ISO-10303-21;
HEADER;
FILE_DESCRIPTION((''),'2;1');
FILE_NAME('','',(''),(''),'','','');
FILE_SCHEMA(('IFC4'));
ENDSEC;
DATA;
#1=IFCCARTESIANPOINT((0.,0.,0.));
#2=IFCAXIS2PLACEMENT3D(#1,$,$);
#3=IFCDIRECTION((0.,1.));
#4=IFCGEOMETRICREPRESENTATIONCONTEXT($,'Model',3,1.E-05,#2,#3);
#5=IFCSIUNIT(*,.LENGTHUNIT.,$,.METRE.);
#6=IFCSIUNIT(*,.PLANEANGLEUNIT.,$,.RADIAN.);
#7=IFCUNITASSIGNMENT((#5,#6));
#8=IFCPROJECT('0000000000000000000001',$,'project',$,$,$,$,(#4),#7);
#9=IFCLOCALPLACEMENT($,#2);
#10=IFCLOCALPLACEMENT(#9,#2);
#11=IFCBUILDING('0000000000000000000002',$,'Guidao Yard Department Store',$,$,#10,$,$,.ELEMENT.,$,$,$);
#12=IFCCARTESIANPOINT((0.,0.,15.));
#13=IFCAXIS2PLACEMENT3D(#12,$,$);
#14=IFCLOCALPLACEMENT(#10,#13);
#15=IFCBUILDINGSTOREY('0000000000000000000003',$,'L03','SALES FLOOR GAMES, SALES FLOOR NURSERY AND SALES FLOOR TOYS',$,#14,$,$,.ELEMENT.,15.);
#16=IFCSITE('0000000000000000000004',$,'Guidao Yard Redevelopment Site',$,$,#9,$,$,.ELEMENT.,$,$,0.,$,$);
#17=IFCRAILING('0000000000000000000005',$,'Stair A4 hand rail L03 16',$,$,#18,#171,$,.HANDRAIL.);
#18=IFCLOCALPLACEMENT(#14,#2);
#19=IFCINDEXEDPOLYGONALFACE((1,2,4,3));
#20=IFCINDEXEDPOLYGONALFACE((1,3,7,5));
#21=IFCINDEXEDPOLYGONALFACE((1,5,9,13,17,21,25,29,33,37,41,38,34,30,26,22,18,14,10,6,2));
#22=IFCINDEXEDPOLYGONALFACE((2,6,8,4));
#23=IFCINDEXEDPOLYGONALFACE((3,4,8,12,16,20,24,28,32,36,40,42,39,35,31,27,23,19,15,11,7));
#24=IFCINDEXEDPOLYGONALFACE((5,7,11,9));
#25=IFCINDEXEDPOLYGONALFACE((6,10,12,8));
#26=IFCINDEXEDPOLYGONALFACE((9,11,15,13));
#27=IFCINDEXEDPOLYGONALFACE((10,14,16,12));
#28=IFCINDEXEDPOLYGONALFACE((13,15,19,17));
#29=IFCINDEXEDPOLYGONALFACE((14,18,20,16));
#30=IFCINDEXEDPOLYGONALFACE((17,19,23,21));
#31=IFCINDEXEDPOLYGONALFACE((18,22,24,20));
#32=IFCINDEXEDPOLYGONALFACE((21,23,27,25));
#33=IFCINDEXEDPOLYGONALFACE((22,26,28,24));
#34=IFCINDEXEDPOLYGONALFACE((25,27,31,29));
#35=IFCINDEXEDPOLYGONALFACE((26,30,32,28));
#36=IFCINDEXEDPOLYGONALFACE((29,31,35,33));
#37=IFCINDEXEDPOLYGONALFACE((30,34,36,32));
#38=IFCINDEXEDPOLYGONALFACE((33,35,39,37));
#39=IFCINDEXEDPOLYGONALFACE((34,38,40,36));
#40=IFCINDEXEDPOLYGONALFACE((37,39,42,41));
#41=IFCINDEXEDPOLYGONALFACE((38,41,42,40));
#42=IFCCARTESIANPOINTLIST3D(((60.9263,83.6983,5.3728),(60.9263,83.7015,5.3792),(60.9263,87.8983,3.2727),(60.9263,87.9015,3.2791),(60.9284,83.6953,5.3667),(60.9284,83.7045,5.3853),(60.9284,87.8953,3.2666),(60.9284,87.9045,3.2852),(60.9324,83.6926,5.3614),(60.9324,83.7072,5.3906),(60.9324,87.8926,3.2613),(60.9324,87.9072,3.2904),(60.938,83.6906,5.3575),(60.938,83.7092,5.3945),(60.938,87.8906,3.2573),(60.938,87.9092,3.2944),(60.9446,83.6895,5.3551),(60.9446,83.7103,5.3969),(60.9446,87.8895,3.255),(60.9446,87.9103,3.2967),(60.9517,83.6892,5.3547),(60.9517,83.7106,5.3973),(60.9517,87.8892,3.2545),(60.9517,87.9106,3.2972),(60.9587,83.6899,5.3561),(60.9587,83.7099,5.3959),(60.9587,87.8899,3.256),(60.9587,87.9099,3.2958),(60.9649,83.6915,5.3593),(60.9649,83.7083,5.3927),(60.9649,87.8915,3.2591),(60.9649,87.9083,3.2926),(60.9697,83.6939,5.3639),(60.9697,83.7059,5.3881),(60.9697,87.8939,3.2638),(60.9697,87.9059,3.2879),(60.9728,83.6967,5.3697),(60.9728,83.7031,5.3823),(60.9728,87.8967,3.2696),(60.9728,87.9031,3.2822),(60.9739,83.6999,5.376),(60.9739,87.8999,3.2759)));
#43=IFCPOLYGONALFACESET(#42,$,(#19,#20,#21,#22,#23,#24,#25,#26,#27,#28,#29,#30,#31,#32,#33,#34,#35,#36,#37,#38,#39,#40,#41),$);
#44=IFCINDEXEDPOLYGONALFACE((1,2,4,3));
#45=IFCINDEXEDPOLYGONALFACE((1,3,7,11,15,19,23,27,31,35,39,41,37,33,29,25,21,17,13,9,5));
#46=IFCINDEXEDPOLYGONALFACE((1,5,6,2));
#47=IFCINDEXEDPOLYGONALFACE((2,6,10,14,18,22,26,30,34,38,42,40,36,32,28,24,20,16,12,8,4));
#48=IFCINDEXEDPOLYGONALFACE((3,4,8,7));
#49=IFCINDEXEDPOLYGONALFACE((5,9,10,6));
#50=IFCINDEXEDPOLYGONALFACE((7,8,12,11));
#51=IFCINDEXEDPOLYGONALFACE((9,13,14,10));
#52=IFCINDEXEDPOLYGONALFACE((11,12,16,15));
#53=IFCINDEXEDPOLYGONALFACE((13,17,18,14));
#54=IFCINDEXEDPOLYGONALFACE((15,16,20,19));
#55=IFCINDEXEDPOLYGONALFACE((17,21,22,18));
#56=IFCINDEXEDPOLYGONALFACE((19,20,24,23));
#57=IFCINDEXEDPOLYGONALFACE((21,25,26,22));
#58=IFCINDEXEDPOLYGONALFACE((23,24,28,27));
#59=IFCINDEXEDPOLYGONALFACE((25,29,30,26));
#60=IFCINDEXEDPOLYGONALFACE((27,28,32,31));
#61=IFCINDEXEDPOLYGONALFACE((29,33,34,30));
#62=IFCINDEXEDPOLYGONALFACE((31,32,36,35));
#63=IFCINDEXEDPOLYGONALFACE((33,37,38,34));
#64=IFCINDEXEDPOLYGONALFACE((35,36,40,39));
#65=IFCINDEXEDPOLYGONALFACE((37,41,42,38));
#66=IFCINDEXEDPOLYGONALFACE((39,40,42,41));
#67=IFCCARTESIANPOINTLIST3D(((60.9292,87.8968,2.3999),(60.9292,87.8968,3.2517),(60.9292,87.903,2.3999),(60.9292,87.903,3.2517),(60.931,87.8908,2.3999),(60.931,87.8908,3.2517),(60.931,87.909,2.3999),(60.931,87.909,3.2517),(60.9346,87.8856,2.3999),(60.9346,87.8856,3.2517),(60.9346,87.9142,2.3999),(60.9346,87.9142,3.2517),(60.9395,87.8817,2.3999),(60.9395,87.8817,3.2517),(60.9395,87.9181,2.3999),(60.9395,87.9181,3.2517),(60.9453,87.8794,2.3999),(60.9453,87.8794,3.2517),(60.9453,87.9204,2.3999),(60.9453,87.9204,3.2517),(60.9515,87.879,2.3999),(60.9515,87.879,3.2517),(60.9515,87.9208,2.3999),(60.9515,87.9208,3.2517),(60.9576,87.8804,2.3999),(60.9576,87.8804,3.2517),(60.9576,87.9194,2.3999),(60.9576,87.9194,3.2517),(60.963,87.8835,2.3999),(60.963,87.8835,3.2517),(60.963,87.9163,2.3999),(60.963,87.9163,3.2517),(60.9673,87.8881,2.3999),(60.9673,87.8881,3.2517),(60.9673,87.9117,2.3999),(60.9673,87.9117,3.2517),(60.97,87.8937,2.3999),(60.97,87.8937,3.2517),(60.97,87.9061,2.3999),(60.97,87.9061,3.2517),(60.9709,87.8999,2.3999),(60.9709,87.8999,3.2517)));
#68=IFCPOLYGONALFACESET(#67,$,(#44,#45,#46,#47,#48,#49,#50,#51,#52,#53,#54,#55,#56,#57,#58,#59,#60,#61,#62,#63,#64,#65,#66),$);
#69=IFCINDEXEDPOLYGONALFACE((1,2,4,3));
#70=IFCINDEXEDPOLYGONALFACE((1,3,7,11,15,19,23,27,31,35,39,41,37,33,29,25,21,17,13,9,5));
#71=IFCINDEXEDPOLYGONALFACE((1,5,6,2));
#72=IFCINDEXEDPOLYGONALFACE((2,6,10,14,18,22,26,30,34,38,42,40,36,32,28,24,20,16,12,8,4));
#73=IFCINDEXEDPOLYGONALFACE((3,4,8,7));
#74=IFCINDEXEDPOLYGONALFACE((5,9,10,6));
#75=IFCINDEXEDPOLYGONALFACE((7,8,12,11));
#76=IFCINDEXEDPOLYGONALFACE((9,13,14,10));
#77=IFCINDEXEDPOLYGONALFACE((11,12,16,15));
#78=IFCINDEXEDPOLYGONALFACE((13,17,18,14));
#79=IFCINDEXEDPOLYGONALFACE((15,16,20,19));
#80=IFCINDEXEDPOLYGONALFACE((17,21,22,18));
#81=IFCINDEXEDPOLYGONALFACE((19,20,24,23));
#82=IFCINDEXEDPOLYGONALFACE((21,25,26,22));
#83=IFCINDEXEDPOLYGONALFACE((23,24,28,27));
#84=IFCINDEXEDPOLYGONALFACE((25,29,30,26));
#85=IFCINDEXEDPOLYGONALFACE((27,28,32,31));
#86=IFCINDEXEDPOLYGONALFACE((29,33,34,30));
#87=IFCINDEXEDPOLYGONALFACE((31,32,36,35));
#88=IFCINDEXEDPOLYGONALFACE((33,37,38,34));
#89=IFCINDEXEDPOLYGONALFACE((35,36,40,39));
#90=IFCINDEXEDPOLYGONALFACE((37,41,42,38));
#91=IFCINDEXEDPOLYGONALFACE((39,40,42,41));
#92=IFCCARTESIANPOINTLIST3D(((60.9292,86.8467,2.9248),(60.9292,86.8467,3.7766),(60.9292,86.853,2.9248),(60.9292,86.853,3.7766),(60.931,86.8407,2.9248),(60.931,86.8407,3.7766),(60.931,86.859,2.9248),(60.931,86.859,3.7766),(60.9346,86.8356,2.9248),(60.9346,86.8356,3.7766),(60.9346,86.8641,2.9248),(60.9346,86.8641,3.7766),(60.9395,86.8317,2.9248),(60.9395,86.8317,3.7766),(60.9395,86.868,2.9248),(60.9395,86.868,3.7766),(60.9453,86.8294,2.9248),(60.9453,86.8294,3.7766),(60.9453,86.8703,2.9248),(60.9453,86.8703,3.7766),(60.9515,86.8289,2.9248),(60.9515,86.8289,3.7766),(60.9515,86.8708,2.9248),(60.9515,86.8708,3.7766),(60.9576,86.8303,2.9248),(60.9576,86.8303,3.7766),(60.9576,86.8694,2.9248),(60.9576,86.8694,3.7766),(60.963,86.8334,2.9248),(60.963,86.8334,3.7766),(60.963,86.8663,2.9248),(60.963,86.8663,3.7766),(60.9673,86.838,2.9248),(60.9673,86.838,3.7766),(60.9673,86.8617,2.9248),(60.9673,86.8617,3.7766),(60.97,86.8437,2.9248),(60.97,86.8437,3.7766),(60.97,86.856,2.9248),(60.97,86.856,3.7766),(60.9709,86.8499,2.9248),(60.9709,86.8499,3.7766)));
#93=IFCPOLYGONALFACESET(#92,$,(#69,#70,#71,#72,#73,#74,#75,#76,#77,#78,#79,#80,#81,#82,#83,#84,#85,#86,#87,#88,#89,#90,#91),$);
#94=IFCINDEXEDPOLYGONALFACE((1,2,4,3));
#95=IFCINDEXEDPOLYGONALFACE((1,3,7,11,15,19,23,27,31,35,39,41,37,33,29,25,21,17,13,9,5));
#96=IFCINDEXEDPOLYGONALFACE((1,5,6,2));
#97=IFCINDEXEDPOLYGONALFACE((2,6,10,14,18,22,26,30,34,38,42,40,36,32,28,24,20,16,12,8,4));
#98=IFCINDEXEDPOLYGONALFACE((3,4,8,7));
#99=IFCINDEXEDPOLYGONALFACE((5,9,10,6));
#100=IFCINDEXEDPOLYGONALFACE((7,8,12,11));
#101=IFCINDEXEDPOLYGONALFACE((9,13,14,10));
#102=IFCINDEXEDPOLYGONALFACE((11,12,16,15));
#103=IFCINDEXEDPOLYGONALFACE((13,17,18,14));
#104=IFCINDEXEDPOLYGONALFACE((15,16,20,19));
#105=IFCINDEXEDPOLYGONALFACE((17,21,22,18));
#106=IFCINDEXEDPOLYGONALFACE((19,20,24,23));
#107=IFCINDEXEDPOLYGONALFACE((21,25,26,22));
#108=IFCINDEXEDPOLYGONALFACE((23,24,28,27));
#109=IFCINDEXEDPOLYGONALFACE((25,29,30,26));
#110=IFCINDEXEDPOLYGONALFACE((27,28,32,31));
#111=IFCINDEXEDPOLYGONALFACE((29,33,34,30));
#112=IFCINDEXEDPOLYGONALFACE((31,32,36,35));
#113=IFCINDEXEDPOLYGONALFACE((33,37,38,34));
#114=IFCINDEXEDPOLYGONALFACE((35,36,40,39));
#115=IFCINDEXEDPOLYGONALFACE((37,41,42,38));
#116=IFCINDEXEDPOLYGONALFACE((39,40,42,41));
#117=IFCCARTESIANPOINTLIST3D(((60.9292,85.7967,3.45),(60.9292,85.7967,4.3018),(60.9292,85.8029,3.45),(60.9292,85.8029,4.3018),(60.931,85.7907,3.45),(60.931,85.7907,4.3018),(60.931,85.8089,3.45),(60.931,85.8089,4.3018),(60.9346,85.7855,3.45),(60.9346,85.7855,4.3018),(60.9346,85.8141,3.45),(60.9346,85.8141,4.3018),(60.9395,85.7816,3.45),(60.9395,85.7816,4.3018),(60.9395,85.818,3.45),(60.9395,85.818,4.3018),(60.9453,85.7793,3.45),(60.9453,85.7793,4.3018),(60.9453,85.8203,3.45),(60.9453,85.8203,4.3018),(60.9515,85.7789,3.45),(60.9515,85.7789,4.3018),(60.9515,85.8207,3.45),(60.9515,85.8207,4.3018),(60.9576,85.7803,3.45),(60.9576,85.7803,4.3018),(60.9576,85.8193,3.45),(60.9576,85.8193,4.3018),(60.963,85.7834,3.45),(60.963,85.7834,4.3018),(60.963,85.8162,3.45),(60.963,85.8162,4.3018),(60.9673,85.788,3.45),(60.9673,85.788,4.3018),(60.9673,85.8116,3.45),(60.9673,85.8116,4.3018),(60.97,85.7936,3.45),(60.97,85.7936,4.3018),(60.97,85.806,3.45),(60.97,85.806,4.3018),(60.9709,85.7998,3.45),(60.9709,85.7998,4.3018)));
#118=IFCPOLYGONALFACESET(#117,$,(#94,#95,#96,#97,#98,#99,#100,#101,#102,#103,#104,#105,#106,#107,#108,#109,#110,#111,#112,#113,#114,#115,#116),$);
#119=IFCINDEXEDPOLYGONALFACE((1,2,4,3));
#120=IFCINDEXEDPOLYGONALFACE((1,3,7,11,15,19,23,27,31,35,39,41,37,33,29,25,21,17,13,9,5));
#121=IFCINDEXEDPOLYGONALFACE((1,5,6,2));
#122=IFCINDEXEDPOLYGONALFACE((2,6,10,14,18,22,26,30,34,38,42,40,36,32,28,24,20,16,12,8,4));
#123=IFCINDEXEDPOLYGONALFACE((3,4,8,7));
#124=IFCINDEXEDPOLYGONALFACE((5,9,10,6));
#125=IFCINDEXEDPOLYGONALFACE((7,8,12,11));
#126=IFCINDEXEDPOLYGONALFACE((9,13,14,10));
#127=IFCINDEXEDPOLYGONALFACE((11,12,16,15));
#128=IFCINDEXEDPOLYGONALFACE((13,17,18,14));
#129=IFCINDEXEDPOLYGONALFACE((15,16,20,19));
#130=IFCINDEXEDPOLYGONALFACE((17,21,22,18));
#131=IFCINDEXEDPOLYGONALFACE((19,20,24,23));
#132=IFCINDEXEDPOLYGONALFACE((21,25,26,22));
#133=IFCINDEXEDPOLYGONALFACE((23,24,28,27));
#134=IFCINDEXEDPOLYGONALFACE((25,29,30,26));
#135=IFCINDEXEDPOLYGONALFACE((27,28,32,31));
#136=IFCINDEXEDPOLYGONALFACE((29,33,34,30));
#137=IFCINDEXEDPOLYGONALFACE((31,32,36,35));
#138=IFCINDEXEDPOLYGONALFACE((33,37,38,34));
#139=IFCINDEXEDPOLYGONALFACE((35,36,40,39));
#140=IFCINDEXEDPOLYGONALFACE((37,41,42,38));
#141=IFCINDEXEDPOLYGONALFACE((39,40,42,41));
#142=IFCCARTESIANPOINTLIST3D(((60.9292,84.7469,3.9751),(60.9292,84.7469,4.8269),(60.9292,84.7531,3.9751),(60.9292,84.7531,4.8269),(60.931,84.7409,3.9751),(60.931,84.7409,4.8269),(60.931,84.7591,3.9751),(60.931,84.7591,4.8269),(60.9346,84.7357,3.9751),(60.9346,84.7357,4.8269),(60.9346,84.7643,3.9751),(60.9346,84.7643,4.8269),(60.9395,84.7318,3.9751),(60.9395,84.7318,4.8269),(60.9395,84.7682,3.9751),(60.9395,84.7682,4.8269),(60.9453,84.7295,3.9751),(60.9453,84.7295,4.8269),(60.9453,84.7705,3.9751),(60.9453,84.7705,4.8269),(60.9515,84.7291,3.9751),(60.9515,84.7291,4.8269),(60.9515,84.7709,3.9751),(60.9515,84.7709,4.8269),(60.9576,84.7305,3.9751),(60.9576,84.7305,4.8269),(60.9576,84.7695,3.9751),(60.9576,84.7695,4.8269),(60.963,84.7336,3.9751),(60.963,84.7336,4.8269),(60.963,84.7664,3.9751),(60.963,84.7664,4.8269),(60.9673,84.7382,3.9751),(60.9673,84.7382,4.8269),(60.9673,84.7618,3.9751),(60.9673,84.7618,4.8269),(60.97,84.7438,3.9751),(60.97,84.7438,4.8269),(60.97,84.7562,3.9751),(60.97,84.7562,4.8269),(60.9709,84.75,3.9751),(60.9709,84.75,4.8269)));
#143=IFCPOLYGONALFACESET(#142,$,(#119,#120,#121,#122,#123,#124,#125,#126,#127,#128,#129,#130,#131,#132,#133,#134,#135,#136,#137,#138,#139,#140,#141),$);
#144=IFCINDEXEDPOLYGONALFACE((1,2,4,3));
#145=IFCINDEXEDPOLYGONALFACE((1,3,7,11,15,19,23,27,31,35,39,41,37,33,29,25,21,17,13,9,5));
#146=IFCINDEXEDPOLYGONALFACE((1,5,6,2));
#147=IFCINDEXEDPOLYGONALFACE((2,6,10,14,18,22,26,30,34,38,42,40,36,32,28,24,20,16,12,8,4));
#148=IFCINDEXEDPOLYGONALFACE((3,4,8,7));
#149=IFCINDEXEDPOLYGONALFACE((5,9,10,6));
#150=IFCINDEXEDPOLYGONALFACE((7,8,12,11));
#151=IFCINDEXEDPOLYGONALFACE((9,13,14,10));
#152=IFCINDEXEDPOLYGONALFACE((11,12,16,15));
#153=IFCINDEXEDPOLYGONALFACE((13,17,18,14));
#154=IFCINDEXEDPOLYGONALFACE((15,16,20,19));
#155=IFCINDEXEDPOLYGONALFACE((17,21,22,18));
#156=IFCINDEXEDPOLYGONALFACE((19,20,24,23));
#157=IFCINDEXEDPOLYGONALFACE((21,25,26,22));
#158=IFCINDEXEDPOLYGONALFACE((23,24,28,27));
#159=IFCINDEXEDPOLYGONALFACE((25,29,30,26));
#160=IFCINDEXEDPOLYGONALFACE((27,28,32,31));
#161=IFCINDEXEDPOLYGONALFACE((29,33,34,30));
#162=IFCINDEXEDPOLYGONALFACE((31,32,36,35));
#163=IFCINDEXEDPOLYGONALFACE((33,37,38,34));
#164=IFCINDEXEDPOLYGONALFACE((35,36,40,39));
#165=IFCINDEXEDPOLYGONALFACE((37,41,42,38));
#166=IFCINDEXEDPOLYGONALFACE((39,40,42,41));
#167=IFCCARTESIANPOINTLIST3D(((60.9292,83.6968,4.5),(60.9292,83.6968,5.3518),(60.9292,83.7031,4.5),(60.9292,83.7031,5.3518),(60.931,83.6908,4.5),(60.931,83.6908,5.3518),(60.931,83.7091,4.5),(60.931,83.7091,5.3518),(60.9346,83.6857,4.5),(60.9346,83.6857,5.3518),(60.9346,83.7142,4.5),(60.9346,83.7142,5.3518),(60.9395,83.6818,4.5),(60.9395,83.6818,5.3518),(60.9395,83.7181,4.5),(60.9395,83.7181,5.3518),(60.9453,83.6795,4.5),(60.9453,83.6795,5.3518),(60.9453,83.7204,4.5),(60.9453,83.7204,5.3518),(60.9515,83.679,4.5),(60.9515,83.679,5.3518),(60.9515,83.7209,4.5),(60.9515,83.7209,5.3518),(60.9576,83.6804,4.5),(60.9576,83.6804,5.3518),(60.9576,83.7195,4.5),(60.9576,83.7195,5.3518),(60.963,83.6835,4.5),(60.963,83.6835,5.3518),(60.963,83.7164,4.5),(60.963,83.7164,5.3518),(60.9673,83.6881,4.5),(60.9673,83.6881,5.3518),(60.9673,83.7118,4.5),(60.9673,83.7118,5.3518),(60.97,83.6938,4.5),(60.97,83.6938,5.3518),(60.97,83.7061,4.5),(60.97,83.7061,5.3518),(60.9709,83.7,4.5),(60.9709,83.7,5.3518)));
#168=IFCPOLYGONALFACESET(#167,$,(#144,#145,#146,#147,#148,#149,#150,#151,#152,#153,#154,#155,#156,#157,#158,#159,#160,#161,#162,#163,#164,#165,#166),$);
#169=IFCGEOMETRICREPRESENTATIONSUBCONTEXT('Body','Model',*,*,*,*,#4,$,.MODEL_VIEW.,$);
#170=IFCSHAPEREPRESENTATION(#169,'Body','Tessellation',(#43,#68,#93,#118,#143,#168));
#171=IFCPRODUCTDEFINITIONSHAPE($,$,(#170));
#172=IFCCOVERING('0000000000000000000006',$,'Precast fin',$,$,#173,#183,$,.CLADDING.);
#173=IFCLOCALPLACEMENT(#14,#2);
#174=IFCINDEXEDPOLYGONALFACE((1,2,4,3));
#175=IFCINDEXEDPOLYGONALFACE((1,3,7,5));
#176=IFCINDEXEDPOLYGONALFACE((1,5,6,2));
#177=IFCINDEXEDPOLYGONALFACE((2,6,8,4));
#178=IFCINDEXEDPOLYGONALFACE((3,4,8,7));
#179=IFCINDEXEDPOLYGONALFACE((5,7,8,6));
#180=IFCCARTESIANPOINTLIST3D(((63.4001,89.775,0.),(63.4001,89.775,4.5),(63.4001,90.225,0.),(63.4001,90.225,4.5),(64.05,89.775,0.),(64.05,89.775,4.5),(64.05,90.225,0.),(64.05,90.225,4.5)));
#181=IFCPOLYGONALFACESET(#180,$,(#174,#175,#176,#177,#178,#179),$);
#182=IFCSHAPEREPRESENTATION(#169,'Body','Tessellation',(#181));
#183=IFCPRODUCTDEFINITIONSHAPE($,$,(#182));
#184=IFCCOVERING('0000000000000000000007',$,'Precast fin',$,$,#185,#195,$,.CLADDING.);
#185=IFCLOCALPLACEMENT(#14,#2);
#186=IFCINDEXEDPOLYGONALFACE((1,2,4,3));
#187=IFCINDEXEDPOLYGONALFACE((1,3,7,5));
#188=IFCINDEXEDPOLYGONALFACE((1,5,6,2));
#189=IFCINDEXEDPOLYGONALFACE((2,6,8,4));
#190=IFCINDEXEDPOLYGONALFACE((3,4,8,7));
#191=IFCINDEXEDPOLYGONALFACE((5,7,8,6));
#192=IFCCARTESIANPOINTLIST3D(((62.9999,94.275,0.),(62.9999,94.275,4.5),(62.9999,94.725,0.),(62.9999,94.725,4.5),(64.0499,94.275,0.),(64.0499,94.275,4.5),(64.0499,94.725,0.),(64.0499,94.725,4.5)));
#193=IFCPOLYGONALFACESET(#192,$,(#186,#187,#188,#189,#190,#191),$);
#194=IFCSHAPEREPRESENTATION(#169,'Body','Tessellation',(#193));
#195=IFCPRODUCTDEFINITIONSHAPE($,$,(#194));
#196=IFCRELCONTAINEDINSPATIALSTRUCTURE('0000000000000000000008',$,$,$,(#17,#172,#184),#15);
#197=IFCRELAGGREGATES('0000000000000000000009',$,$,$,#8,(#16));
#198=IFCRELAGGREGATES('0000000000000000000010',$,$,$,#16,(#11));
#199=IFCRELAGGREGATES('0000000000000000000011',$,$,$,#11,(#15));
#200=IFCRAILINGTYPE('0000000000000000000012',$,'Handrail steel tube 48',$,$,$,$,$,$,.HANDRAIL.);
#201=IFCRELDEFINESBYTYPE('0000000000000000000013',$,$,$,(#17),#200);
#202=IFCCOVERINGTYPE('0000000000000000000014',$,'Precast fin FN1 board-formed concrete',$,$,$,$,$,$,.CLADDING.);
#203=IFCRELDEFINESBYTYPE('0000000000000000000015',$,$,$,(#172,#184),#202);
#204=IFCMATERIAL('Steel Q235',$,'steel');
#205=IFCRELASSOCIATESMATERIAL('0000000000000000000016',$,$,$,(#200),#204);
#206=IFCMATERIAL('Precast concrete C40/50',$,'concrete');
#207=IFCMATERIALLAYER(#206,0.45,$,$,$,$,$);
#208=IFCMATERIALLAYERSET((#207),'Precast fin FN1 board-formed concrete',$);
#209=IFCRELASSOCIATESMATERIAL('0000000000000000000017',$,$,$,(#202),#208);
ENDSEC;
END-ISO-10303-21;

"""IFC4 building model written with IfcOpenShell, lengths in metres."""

from ifc_helpers import new_model, si_unit, direction, frame, origin, origin_2d, place, context, subcontext, project, spatial, rectangle, circle, extrude, material, layer, layer_set, type_object, element, save


model = new_model("IFC4")

# Units and contexts
model_context = context("Model", 3, precision=1e-05, world=origin(), true_north=direction((0.0, 1.0)))
body_context = subcontext(model_context, "Body", "Model", "MODEL_VIEW")
ifc_project = project(units=[si_unit("LENGTHUNIT", "METRE"), si_unit("PLANEANGLEUNIT", "RADIAN")], contexts=[model_context])

# Site, building, storey
site_placement = place(None, origin())
site = spatial("IfcSite", under=ifc_project, at=site_placement, Name="Guidao Yard Redevelopment Site", CompositionType="ELEMENT", RefElevation=0.0)
building_placement = place(site_placement, origin())
building = spatial("IfcBuilding", under=site, at=building_placement, Name="Guidao Yard Department Store", CompositionType="ELEMENT")
storey_placement = place(building_placement, frame((0.0, 0.0, 15.0)))
storey = spatial("IfcBuildingStorey", under=building, at=storey_placement, Name="L03", Description="SALES FLOOR GAMES, SALES FLOOR NURSERY AND SALES FLOOR TOYS", CompositionType="ELEMENT", Elevation=15.0)

# Railing
ifc_material_1 = material(Name="Steel Q235", Category="steel")
railing_type = type_object("IfcRailingType", Name="Handrail steel tube 48", PredefinedType="HANDRAIL", material=ifc_material_1)
railing_placement = place(storey_placement, frame((60.95, 87.8999, 2.3999)))
element("IfcRailing", 1, at=railing_placement, inside=storey, type_object=railing_type, Name="Stair A4 hand rail L03 16", PredefinedType="HANDRAIL", context=body_context, shape_type="SweptSolid", body=[
    extrude(circle(Radius=0.0239, at=origin_2d()), frame((0.0, 0.0, 0.876), z_axis=(0.0, -0.894417, 0.447234), x_axis=(1.0, 0.0, 0.0)), (0.0, 0.0, 1.0), 4.6958),
    extrude(circle(Radius=0.021, at=origin_2d()), origin(), (0.0, 0.0, 1.0), 0.8518),
    extrude(circle(Radius=0.021, at=origin_2d()), frame((0.0, -1.05, 0.5249)), (0.0, 0.0, 1.0), 0.8518),
    extrude(circle(Radius=0.021, at=origin_2d()), frame((0.0, -2.1001, 1.05)), (0.0, 0.0, 1.0), 0.8518),
    extrude(circle(Radius=0.021, at=origin_2d()), frame((0.0, -3.1499, 1.5752)), (0.0, 0.0, 1.0), 0.8518),
    extrude(circle(Radius=0.021, at=origin_2d()), frame((0.0, -4.2, 2.1001)), (0.0, 0.0, 1.0), 0.8518),
])

# Coverings
ifc_material_2 = material(Name="Precast concrete C40/50", Category="concrete")
ifc_layer_1 = layer(ifc_material_2, 0.45)
ifc_layer_set_1 = layer_set([ifc_layer_1], Name="Precast fin FN1 board-formed concrete")
covering_type = type_object("IfcCoveringType", Name="Precast fin FN1 board-formed concrete", PredefinedType="CLADDING", material=ifc_layer_set_1)
covering_1_placement = place(storey_placement, frame((63.7251, 90.0, 0.0), z_axis=(0.0, 0.0, 1.0), x_axis=(0.0, -1.0, 0.0)))
element("IfcCovering", 2, at=covering_1_placement, inside=storey, type_object=covering_type, Name="Precast fin", PredefinedType="CLADDING", context=body_context, shape_type="SweptSolid", body=[
    extrude(rectangle(XDim=0.45, YDim=0.6499, at=origin_2d()), origin(), (0.0, 0.0, 1.0), 4.5),
])
covering_2_placement = place(storey_placement, frame((63.5249, 94.5, 0.0), z_axis=(0.0, 0.0, 1.0), x_axis=(0.0, -1.0, 0.0)))
element("IfcCovering", 3, at=covering_2_placement, inside=storey, type_object=covering_type, Name="Precast fin", PredefinedType="CLADDING", context=body_context, shape_type="SweptSolid", body=[
    extrude(rectangle(XDim=0.45, YDim=1.05, at=origin_2d()), origin(), (0.0, 0.0, 1.0), 4.5),
])

save(model, "model.ifc")
